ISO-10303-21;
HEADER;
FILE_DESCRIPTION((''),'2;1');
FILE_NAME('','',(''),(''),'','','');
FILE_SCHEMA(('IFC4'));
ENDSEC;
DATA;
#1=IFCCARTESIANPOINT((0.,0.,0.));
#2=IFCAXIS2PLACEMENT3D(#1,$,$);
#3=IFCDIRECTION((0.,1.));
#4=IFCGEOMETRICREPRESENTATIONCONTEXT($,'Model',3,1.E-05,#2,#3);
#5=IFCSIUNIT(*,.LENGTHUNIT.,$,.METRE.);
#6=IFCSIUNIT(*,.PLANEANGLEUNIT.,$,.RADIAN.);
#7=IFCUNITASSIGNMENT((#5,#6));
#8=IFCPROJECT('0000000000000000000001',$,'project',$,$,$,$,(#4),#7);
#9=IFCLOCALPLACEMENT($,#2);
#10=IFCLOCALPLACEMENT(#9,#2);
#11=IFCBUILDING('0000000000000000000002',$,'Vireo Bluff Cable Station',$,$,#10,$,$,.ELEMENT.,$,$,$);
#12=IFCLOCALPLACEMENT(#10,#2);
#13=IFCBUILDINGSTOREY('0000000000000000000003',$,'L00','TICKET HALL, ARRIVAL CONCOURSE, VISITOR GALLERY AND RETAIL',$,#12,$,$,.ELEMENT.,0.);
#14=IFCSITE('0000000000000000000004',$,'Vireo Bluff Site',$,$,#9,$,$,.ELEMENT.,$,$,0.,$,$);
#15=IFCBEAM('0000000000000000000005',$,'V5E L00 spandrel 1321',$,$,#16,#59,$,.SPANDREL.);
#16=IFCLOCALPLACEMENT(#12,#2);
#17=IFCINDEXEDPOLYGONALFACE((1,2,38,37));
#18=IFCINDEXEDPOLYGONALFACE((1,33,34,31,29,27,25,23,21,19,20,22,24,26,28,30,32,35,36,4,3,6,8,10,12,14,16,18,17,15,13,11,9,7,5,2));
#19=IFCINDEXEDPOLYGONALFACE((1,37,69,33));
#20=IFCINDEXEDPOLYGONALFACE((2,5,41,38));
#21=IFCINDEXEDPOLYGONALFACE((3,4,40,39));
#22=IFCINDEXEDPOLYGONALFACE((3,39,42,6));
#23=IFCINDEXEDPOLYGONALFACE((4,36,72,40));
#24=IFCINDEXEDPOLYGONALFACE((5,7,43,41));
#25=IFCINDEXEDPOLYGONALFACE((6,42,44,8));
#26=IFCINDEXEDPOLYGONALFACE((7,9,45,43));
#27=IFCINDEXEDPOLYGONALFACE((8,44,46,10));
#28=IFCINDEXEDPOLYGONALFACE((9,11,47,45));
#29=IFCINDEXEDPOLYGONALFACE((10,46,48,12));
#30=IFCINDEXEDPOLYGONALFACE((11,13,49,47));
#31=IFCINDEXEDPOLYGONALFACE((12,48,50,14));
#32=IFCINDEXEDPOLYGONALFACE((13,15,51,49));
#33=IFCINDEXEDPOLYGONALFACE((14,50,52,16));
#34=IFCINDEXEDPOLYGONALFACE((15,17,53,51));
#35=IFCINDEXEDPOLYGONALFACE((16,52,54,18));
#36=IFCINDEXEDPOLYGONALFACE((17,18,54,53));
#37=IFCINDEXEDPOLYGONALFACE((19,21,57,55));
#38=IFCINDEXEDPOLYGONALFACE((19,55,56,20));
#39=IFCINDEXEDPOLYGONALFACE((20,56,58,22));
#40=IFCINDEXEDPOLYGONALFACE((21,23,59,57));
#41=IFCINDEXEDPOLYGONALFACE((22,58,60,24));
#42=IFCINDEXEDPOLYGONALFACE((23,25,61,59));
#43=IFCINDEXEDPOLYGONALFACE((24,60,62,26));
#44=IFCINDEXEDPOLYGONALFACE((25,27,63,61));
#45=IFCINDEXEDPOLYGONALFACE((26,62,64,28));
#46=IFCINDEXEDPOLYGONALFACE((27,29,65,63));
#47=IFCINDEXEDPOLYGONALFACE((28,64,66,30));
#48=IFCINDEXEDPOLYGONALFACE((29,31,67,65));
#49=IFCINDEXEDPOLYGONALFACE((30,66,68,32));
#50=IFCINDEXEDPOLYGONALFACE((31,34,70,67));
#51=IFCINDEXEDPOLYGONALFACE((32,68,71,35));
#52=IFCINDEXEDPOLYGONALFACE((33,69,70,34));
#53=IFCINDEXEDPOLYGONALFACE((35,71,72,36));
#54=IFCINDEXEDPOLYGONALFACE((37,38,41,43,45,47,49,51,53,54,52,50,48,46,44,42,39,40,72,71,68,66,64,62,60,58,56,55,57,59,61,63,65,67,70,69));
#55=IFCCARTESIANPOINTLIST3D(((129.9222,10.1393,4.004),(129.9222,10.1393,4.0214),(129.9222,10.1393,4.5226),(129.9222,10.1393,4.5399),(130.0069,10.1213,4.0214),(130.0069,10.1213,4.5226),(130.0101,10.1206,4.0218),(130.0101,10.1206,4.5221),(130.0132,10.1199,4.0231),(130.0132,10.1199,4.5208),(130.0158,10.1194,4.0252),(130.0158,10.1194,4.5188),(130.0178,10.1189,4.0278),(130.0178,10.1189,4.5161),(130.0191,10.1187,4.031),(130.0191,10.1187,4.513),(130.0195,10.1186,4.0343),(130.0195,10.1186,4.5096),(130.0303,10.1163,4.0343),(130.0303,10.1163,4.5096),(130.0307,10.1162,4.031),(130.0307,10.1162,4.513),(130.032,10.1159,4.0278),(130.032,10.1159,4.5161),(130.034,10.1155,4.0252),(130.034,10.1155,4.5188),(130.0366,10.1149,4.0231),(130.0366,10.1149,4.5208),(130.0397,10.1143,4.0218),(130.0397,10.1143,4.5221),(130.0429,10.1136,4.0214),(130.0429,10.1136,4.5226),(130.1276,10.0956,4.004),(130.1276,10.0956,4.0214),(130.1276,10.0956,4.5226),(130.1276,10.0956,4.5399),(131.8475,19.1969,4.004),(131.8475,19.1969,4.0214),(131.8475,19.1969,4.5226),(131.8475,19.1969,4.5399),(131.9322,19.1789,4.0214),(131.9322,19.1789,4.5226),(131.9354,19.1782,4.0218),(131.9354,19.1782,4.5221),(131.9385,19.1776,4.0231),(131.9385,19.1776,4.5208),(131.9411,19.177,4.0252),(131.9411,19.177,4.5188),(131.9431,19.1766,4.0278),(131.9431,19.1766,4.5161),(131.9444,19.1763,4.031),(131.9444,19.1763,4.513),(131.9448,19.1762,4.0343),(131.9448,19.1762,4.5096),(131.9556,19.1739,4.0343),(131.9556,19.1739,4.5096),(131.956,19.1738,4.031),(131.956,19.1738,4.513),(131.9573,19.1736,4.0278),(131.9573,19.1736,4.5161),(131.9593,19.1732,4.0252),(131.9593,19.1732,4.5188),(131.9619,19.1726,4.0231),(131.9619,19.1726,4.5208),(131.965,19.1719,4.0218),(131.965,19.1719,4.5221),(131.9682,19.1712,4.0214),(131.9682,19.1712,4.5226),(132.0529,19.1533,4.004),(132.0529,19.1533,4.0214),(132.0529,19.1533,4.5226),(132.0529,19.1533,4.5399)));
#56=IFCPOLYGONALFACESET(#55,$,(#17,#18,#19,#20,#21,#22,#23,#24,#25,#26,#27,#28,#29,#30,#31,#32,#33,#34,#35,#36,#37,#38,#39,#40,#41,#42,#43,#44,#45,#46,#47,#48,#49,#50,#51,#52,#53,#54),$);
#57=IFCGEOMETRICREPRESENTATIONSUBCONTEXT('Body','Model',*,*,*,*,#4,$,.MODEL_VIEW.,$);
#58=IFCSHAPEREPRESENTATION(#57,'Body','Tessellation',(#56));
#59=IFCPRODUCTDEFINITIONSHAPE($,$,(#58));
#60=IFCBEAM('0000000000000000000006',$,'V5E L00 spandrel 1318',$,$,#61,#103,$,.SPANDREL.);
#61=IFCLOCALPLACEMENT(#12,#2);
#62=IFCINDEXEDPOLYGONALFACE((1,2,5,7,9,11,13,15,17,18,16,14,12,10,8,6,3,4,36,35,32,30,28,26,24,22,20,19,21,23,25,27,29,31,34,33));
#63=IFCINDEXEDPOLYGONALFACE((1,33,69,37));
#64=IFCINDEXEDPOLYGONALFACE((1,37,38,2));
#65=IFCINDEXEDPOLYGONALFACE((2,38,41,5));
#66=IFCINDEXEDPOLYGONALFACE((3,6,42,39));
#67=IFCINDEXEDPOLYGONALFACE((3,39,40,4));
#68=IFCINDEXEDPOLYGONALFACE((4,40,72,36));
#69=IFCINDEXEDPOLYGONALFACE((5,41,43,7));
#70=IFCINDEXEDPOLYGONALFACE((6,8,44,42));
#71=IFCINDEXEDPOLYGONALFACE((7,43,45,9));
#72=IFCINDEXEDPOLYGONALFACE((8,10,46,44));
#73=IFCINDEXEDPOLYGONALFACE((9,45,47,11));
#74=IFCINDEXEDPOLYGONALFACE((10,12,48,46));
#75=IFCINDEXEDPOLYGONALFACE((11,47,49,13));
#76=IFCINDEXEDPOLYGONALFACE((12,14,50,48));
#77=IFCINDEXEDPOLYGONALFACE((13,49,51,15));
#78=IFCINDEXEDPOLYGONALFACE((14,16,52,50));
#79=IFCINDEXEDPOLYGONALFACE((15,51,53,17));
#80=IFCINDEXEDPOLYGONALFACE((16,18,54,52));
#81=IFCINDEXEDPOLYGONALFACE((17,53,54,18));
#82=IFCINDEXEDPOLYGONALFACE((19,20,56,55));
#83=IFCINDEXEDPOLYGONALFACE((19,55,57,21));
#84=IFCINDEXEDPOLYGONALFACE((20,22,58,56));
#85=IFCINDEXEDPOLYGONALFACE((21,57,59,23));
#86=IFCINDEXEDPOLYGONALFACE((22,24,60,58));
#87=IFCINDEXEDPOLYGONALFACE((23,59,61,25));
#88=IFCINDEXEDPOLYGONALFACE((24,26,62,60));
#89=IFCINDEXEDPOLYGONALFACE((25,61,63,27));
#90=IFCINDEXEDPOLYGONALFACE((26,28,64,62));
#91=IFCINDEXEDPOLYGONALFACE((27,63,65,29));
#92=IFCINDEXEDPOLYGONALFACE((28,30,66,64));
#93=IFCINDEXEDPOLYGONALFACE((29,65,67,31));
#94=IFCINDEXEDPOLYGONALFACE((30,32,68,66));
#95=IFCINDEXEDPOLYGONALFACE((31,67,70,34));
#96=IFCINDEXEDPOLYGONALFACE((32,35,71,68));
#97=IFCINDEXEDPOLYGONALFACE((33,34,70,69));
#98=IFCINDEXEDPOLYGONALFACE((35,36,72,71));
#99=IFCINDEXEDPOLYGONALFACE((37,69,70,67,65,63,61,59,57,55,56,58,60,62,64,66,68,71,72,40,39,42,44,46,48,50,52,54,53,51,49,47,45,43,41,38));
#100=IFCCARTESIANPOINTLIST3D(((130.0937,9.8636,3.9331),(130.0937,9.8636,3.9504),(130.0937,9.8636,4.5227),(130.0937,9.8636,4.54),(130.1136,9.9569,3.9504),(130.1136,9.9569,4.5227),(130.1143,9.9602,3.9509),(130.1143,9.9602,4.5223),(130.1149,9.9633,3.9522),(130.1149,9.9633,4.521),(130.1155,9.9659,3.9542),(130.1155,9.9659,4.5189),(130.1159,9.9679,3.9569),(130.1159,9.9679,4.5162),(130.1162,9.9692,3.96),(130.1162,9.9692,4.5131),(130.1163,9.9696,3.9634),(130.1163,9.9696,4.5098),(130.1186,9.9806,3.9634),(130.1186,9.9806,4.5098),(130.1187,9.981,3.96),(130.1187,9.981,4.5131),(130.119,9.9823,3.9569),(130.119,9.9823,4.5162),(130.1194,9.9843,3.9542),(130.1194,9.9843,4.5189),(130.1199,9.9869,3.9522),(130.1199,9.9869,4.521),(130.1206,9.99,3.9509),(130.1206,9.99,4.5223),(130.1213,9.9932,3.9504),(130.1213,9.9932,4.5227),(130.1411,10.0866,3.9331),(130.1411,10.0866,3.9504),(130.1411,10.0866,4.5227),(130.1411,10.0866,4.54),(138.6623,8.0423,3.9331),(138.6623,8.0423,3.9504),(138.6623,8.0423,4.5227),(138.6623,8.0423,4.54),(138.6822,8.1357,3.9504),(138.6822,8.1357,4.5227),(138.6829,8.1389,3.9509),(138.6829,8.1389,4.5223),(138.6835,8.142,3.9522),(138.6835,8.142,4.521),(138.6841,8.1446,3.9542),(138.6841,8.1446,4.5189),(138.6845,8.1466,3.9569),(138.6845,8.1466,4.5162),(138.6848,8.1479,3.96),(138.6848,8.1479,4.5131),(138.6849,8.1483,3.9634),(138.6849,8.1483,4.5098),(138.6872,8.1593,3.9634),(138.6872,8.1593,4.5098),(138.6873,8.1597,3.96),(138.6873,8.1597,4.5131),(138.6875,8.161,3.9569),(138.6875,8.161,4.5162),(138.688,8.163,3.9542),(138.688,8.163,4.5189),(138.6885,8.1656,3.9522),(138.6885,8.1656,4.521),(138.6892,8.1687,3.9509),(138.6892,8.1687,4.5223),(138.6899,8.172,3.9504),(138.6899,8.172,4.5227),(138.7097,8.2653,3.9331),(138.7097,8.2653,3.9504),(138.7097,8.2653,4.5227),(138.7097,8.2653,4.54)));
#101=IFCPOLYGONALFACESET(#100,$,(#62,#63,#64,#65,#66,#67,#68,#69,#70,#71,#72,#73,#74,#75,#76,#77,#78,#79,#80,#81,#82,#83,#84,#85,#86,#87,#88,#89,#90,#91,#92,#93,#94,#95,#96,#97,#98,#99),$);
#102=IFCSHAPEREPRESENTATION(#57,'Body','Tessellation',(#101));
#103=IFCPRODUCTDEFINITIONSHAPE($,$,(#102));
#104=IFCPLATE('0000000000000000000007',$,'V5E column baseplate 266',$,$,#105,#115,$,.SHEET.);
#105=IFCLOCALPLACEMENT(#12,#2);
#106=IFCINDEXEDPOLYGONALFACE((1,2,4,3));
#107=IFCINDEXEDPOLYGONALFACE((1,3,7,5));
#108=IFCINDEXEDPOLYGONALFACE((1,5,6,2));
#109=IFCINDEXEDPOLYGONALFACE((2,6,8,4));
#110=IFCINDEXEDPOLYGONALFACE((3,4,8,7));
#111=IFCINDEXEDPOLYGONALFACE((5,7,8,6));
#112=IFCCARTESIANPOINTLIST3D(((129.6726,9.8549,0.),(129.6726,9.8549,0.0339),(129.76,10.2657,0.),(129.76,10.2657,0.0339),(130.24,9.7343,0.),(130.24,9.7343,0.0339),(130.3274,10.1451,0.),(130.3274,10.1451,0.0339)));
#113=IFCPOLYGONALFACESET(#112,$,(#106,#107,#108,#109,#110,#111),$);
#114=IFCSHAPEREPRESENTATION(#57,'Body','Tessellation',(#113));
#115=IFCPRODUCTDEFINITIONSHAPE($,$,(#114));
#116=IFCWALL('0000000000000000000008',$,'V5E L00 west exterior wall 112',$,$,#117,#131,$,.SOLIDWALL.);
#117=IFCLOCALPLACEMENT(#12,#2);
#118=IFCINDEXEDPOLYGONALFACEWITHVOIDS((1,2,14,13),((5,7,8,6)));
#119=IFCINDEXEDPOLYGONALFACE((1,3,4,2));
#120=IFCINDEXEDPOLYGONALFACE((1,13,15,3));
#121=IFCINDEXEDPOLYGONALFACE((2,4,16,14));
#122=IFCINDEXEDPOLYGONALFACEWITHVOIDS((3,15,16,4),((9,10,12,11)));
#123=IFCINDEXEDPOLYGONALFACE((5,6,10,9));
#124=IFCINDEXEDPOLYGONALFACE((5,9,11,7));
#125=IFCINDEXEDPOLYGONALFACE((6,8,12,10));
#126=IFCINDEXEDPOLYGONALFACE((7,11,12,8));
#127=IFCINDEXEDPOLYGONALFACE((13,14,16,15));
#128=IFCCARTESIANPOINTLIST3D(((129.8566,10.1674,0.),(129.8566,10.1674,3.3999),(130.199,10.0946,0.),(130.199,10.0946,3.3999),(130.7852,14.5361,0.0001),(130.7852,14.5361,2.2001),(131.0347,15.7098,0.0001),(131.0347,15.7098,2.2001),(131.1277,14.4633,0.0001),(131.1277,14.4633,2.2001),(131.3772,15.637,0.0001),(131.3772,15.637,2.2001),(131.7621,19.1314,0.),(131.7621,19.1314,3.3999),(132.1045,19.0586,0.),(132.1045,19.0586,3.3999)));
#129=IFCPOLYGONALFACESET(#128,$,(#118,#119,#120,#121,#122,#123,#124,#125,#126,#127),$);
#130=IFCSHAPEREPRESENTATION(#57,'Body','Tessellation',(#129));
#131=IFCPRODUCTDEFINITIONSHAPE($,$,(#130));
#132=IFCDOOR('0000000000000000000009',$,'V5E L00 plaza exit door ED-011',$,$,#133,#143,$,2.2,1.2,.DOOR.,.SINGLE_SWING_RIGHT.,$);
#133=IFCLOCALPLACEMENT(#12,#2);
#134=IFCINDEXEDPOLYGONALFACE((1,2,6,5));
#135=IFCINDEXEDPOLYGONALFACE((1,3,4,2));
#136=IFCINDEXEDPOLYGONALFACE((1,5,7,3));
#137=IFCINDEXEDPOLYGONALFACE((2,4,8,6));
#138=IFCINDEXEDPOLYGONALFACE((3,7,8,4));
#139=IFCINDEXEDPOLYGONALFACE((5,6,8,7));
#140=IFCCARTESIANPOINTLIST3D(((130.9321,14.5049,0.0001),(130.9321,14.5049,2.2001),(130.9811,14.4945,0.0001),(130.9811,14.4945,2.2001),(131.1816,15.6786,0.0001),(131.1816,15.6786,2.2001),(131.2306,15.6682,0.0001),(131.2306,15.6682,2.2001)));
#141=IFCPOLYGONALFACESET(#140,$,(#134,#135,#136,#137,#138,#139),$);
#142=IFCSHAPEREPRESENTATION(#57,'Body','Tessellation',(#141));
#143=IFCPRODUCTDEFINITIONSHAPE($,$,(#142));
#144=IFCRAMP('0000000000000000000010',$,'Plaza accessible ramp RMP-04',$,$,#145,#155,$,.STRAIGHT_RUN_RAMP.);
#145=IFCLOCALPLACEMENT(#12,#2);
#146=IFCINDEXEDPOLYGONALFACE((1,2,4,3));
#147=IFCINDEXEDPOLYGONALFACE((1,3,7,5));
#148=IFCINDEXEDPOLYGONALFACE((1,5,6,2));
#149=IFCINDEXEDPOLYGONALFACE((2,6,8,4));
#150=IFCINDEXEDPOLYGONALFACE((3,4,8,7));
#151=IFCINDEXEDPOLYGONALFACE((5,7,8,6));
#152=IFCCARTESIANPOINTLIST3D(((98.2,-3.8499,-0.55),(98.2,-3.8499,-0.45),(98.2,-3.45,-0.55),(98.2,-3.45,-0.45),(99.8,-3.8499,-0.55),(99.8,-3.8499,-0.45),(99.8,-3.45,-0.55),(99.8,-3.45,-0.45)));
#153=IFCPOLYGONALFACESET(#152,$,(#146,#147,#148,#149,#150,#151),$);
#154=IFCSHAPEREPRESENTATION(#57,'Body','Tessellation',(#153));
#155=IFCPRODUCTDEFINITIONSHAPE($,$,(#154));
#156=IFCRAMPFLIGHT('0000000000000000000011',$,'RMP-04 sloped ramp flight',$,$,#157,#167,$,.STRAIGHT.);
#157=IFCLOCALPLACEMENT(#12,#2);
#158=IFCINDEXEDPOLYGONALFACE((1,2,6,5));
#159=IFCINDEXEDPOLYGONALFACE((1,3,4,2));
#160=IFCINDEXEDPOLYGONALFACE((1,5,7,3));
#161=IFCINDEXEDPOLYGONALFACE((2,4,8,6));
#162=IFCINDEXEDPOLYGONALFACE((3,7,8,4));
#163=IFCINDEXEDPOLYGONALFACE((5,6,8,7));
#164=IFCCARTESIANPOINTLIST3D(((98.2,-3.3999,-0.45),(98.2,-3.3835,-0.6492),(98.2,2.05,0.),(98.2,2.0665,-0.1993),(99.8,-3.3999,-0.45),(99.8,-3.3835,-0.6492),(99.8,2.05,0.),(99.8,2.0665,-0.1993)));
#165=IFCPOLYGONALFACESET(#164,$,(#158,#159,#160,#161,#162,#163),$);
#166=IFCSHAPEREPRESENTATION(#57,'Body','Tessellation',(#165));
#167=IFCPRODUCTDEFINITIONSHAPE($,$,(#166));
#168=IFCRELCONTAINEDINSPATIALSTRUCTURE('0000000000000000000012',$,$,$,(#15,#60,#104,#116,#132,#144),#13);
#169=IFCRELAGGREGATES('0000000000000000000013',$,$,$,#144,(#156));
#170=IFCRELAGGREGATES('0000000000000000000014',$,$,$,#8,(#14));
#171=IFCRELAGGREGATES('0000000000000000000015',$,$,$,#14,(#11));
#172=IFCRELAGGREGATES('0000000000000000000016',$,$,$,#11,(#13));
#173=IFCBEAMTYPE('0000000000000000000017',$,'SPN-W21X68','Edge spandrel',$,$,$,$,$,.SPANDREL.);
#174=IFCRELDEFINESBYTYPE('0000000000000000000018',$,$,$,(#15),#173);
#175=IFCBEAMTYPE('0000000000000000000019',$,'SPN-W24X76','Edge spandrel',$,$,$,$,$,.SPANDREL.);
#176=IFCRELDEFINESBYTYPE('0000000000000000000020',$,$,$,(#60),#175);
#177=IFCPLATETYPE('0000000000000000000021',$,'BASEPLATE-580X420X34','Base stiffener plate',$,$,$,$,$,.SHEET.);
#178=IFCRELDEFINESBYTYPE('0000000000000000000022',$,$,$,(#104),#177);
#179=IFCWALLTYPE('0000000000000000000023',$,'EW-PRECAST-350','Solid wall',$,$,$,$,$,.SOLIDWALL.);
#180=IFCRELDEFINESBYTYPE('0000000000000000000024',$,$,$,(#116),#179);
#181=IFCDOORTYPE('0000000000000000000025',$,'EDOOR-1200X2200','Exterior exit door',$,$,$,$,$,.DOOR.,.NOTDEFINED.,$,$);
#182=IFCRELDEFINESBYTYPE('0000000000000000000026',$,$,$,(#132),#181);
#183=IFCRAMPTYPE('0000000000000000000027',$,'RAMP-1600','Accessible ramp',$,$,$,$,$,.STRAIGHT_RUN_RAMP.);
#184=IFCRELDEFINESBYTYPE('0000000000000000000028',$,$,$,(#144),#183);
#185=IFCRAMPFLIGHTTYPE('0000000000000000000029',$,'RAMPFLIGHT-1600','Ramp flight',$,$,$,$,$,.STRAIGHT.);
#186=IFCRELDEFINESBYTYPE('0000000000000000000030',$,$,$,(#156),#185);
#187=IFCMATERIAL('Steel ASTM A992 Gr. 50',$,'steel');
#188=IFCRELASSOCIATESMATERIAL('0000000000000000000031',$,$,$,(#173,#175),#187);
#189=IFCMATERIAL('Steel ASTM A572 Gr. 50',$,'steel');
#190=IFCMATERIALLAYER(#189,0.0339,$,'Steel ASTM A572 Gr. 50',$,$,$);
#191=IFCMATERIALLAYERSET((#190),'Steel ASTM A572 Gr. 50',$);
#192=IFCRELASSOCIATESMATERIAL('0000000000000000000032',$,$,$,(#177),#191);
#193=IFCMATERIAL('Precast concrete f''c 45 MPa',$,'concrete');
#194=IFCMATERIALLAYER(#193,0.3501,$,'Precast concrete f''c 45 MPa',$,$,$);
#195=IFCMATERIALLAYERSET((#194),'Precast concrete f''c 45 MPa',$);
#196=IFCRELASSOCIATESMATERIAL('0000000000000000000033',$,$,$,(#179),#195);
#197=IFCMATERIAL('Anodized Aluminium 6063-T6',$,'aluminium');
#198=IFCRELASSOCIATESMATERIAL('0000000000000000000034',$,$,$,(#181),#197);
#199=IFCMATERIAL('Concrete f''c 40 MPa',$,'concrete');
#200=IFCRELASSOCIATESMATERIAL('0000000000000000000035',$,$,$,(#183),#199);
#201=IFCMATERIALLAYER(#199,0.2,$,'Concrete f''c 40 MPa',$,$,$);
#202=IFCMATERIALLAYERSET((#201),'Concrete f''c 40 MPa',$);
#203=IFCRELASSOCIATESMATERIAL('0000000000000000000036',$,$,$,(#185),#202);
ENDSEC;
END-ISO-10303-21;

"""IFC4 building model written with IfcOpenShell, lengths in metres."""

from ifc_helpers import new_model, si_unit, direction, frame, frame_2d, origin, origin_with_axes, origin_2d, place, context, subcontext, project, spatial, polyline, rectangle, i_section, outline, extrude, material, layer, layer_set, material_profile, profile_set, type_object, element, fill, aggregate, save


model = new_model("IFC4")

# Units and contexts
model_context = context("Model", 3, precision=1e-05, world=origin(), true_north=direction((0.0, 1.0)))
body_context = subcontext(model_context, "Body", "Model", "MODEL_VIEW")
ifc_project = project(units=[si_unit("LENGTHUNIT", "METRE"), si_unit("PLANEANGLEUNIT", "RADIAN")], contexts=[model_context])

# Site, building, storey
site_placement = place(None, origin())
site = spatial("IfcSite", under=ifc_project, at=site_placement, Name="Vireo Bluff Site", CompositionType="ELEMENT", RefElevation=0.0)
building_placement = place(site_placement, origin())
building = spatial("IfcBuilding", under=site, at=building_placement, Name="Vireo Bluff Cable Station", CompositionType="ELEMENT")
storey_placement = place(building_placement, origin())
storey = spatial("IfcBuildingStorey", under=building, at=storey_placement, Name="L00", Description="TICKET HALL, ARRIVAL CONCOURSE, VISITOR GALLERY AND RETAIL", CompositionType="ELEMENT", Elevation=0.0)

# Shared definitions
ifc_material_1 = material(Name="Concrete f'c 40 MPa", Category="concrete")

# Shared definitions
ifc_material_2 = material(Name="Steel ASTM A992 Gr. 50", Category="steel")

# Beams
ifc_material_profile_1 = material_profile(ifc_material_2, i_section(OverallWidth=0.21, OverallDepth=0.5359, WebThickness=0.011, FlangeThickness=0.0173, FilletRadius=0.0129, at=origin_2d()), Name="W21X68")
ifc_profile_set_1 = profile_set([ifc_material_profile_1], Name="Steel ASTM A992 Gr. 50")
beam_type_1 = type_object("IfcBeamType", Name="SPN-W21X68", Description="Edge spandrel", PredefinedType="SPANDREL", material=ifc_profile_set_1)
beam_1_placement = place(storey_placement, frame((130.0249, 10.1174, 4.272), z_axis=(0.207916, 0.978147, 0.0), x_axis=(-0.978147, 0.207916, 0.0)))
element("IfcBeam", 1, at=beam_1_placement, inside=storey, type_object=beam_type_1, Name="V5E L00 spandrel 1321", PredefinedType="SPANDREL", context=body_context, shape_type="SweptSolid", body=[
    extrude(i_section(OverallWidth=0.21, OverallDepth=0.5359, WebThickness=0.011, FlangeThickness=0.0173, FilletRadius=0.0129, at=origin_2d()), origin(), (0.0, 0.0, 1.0), 9.26),
])
ifc_material_profile_2 = material_profile(ifc_material_2, i_section(OverallWidth=0.228, OverallDepth=0.6069, WebThickness=0.0112, FlangeThickness=0.0173, FilletRadius=0.0129, at=origin_2d()), Name="W24X76")
ifc_profile_set_2 = profile_set([ifc_material_profile_2], Name="Steel ASTM A992 Gr. 50")
beam_type_2 = type_object("IfcBeamType", Name="SPN-W24X76", Description="Edge spandrel", PredefinedType="SPANDREL", material=ifc_profile_set_2)
beam_2_placement = place(storey_placement, frame((130.1174, 9.9751, 4.2366), z_axis=(0.978148, -0.207909, 0.0), x_axis=(0.207909, 0.978148, 0.0)))
element("IfcBeam", 2, at=beam_2_placement, inside=storey, type_object=beam_type_2, Name="V5E L00 spandrel 1318", PredefinedType="SPANDREL", context=body_context, shape_type="SweptSolid", body=[
    extrude(i_section(OverallWidth=0.228, OverallDepth=0.6069, WebThickness=0.0112, FlangeThickness=0.0173, FilletRadius=0.0129, at=origin_2d()), origin(), (0.0, 0.0, 1.0), 8.76),
])

# Plate
ifc_material_3 = material(Name="Steel ASTM A572 Gr. 50", Category="steel")
ifc_layer_1 = layer(ifc_material_3, 0.0339, Name="Steel ASTM A572 Gr. 50")
ifc_layer_set_1 = layer_set([ifc_layer_1], Name="Steel ASTM A572 Gr. 50")
plate_type = type_object("IfcPlateType", Name="BASEPLATE-580X420X34", Description="Base stiffener plate", PredefinedType="SHEET", material=ifc_layer_set_1)
plate_placement = place(storey_placement, frame((130.0, 10.0, 0.0), z_axis=(0.0, 0.0, 1.0), x_axis=(0.978148, -0.207912, 0.0)))
element("IfcPlate", 3, at=plate_placement, inside=storey, type_object=plate_type, Name="V5E column baseplate 266", PredefinedType="SHEET", context=body_context, shape_type="SweptSolid", body=[
    extrude(rectangle(XDim=0.5801, YDim=0.4199, at=origin_2d()), origin(), (0.0, 0.0, 1.0), 0.0339),
])

# Wall, opening, door
ifc_material_4 = material(Name="Precast concrete f'c 45 MPa", Category="concrete")
ifc_layer_2 = layer(ifc_material_4, 0.3501, Name="Precast concrete f'c 45 MPa")
ifc_layer_set_2 = layer_set([ifc_layer_2], Name="Precast concrete f'c 45 MPa")
wall_type = type_object("IfcWallType", Name="EW-PRECAST-350", Description="Solid wall", PredefinedType="SOLIDWALL", material=ifc_layer_set_2)
wall_placement = place(storey_placement, frame((130.0278, 10.1311, 0.0), z_axis=(0.0, 0.0, 1.0), x_axis=(0.207926, 0.978145, 0.0)))
wall = element("IfcWall", 4, at=wall_placement, inside=storey, type_object=wall_type, Name="V5E L00 west exterior wall 112", PredefinedType="SOLIDWALL", context=body_context, shape_type="SweptSolid", body=[
    extrude(rectangle(XDim=9.1643, YDim=0.3501, at=frame_2d((4.582, 0.0))), origin(), (0.0, 0.0, 1.0), 3.3999),
])
opening_placement = place(wall_placement, frame((4.4661, 0.0, 0.0)))
opening = element("IfcOpeningElement", 5, at=opening_placement, cuts=wall, PredefinedType="OPENING", context=body_context, shape_type="SweptSolid", body=[
    extrude(rectangle(XDim=1.2, YDim=2.2, at=frame_2d((0.6001, 1.1001))), frame((0.0, 0.1851, 0.0), z_axis=(0.0, -1.0, 0.0), x_axis=(1.0, 0.0, 0.0)), (0.0, 0.0, 1.0), 0.3701),
])
ifc_material_5 = material(Name="Anodized Aluminium 6063-T6", Category="aluminium")
door_type = type_object("IfcDoorType", Name="EDOOR-1200X2200", Description="Exterior exit door", OperationType="NOTDEFINED", PredefinedType="DOOR", material=ifc_material_5)
door_placement = place(opening_placement, origin_with_axes())
door = element("IfcDoor", 6, at=door_placement, inside=storey, type_object=door_type, Name="V5E L00 plaza exit door ED-011", OperationType="SINGLE_SWING_RIGHT", OverallHeight=2.2, OverallWidth=1.2, PredefinedType="DOOR", context=body_context, shape_type="SweptSolid", body=[
    extrude(rectangle(XDim=1.2, YDim=2.2, at=frame_2d((0.6001, 1.1001))), frame((0.0, 0.0249, 0.0), z_axis=(0.0, -1.0, 0.0), x_axis=(1.0, 0.0, 0.0)), (0.0, 0.0, 1.0), 0.05),
])
fill(opening, door)

# Ramp
ramp_type_1 = type_object("IfcRampType", Name="RAMP-1600", Description="Accessible ramp", PredefinedType="STRAIGHT_RUN_RAMP", material=ifc_material_1)
ramp_1_placement = place(storey_placement, frame((99.0, -3.6499, -0.55), z_axis=(0.0, 0.0, 1.0), x_axis=(1.0, 0.0, 0.0)))
ramp_1 = element("IfcRamp", 7, at=ramp_1_placement, inside=storey, type_object=ramp_type_1, Name="Plaza accessible ramp RMP-04", PredefinedType="STRAIGHT_RUN_RAMP", context=body_context, shape_type="SweptSolid", body=[
    extrude(rectangle(XDim=1.6001, YDim=0.3999, at=origin_2d()), origin(), (0.0, 0.0, 1.0), 0.1001),
])

# Ramp flight
ifc_layer_3 = layer(ifc_material_1, 0.2, Name="Concrete f'c 40 MPa")
ifc_layer_set_3 = layer_set([ifc_layer_3], Name="Concrete f'c 40 MPa")
ramp_flight_type_1 = type_object("IfcRampFlightType", Name="RAMPFLIGHT-1600", Description="Ramp flight", PredefinedType="STRAIGHT", material=ifc_layer_set_3)
ramp_flight_1_placement = place(storey_placement, frame((99.8, -3.3999, -0.45), z_axis=(0.0, -0.082281, 0.996609), x_axis=(0.0, 0.996609, 0.082281)))
ramp_flight_1 = element("IfcRampFlight", 8, at=ramp_flight_1_placement, type_object=ramp_flight_type_1, Name="RMP-04 sloped ramp flight", PredefinedType="STRAIGHT", context=body_context, shape_type="SweptSolid", body=[
    extrude(outline(polyline([(0.0, 0.0), (5.4685, 0.0), (5.4685, 1.6001), (0.0, 1.6001), (0.0, 0.0)])), origin(), (0.0, 0.0, -1.0), 0.2),
])
aggregate(ramp_1, [ramp_flight_1])

save(model, "model.ifc")
